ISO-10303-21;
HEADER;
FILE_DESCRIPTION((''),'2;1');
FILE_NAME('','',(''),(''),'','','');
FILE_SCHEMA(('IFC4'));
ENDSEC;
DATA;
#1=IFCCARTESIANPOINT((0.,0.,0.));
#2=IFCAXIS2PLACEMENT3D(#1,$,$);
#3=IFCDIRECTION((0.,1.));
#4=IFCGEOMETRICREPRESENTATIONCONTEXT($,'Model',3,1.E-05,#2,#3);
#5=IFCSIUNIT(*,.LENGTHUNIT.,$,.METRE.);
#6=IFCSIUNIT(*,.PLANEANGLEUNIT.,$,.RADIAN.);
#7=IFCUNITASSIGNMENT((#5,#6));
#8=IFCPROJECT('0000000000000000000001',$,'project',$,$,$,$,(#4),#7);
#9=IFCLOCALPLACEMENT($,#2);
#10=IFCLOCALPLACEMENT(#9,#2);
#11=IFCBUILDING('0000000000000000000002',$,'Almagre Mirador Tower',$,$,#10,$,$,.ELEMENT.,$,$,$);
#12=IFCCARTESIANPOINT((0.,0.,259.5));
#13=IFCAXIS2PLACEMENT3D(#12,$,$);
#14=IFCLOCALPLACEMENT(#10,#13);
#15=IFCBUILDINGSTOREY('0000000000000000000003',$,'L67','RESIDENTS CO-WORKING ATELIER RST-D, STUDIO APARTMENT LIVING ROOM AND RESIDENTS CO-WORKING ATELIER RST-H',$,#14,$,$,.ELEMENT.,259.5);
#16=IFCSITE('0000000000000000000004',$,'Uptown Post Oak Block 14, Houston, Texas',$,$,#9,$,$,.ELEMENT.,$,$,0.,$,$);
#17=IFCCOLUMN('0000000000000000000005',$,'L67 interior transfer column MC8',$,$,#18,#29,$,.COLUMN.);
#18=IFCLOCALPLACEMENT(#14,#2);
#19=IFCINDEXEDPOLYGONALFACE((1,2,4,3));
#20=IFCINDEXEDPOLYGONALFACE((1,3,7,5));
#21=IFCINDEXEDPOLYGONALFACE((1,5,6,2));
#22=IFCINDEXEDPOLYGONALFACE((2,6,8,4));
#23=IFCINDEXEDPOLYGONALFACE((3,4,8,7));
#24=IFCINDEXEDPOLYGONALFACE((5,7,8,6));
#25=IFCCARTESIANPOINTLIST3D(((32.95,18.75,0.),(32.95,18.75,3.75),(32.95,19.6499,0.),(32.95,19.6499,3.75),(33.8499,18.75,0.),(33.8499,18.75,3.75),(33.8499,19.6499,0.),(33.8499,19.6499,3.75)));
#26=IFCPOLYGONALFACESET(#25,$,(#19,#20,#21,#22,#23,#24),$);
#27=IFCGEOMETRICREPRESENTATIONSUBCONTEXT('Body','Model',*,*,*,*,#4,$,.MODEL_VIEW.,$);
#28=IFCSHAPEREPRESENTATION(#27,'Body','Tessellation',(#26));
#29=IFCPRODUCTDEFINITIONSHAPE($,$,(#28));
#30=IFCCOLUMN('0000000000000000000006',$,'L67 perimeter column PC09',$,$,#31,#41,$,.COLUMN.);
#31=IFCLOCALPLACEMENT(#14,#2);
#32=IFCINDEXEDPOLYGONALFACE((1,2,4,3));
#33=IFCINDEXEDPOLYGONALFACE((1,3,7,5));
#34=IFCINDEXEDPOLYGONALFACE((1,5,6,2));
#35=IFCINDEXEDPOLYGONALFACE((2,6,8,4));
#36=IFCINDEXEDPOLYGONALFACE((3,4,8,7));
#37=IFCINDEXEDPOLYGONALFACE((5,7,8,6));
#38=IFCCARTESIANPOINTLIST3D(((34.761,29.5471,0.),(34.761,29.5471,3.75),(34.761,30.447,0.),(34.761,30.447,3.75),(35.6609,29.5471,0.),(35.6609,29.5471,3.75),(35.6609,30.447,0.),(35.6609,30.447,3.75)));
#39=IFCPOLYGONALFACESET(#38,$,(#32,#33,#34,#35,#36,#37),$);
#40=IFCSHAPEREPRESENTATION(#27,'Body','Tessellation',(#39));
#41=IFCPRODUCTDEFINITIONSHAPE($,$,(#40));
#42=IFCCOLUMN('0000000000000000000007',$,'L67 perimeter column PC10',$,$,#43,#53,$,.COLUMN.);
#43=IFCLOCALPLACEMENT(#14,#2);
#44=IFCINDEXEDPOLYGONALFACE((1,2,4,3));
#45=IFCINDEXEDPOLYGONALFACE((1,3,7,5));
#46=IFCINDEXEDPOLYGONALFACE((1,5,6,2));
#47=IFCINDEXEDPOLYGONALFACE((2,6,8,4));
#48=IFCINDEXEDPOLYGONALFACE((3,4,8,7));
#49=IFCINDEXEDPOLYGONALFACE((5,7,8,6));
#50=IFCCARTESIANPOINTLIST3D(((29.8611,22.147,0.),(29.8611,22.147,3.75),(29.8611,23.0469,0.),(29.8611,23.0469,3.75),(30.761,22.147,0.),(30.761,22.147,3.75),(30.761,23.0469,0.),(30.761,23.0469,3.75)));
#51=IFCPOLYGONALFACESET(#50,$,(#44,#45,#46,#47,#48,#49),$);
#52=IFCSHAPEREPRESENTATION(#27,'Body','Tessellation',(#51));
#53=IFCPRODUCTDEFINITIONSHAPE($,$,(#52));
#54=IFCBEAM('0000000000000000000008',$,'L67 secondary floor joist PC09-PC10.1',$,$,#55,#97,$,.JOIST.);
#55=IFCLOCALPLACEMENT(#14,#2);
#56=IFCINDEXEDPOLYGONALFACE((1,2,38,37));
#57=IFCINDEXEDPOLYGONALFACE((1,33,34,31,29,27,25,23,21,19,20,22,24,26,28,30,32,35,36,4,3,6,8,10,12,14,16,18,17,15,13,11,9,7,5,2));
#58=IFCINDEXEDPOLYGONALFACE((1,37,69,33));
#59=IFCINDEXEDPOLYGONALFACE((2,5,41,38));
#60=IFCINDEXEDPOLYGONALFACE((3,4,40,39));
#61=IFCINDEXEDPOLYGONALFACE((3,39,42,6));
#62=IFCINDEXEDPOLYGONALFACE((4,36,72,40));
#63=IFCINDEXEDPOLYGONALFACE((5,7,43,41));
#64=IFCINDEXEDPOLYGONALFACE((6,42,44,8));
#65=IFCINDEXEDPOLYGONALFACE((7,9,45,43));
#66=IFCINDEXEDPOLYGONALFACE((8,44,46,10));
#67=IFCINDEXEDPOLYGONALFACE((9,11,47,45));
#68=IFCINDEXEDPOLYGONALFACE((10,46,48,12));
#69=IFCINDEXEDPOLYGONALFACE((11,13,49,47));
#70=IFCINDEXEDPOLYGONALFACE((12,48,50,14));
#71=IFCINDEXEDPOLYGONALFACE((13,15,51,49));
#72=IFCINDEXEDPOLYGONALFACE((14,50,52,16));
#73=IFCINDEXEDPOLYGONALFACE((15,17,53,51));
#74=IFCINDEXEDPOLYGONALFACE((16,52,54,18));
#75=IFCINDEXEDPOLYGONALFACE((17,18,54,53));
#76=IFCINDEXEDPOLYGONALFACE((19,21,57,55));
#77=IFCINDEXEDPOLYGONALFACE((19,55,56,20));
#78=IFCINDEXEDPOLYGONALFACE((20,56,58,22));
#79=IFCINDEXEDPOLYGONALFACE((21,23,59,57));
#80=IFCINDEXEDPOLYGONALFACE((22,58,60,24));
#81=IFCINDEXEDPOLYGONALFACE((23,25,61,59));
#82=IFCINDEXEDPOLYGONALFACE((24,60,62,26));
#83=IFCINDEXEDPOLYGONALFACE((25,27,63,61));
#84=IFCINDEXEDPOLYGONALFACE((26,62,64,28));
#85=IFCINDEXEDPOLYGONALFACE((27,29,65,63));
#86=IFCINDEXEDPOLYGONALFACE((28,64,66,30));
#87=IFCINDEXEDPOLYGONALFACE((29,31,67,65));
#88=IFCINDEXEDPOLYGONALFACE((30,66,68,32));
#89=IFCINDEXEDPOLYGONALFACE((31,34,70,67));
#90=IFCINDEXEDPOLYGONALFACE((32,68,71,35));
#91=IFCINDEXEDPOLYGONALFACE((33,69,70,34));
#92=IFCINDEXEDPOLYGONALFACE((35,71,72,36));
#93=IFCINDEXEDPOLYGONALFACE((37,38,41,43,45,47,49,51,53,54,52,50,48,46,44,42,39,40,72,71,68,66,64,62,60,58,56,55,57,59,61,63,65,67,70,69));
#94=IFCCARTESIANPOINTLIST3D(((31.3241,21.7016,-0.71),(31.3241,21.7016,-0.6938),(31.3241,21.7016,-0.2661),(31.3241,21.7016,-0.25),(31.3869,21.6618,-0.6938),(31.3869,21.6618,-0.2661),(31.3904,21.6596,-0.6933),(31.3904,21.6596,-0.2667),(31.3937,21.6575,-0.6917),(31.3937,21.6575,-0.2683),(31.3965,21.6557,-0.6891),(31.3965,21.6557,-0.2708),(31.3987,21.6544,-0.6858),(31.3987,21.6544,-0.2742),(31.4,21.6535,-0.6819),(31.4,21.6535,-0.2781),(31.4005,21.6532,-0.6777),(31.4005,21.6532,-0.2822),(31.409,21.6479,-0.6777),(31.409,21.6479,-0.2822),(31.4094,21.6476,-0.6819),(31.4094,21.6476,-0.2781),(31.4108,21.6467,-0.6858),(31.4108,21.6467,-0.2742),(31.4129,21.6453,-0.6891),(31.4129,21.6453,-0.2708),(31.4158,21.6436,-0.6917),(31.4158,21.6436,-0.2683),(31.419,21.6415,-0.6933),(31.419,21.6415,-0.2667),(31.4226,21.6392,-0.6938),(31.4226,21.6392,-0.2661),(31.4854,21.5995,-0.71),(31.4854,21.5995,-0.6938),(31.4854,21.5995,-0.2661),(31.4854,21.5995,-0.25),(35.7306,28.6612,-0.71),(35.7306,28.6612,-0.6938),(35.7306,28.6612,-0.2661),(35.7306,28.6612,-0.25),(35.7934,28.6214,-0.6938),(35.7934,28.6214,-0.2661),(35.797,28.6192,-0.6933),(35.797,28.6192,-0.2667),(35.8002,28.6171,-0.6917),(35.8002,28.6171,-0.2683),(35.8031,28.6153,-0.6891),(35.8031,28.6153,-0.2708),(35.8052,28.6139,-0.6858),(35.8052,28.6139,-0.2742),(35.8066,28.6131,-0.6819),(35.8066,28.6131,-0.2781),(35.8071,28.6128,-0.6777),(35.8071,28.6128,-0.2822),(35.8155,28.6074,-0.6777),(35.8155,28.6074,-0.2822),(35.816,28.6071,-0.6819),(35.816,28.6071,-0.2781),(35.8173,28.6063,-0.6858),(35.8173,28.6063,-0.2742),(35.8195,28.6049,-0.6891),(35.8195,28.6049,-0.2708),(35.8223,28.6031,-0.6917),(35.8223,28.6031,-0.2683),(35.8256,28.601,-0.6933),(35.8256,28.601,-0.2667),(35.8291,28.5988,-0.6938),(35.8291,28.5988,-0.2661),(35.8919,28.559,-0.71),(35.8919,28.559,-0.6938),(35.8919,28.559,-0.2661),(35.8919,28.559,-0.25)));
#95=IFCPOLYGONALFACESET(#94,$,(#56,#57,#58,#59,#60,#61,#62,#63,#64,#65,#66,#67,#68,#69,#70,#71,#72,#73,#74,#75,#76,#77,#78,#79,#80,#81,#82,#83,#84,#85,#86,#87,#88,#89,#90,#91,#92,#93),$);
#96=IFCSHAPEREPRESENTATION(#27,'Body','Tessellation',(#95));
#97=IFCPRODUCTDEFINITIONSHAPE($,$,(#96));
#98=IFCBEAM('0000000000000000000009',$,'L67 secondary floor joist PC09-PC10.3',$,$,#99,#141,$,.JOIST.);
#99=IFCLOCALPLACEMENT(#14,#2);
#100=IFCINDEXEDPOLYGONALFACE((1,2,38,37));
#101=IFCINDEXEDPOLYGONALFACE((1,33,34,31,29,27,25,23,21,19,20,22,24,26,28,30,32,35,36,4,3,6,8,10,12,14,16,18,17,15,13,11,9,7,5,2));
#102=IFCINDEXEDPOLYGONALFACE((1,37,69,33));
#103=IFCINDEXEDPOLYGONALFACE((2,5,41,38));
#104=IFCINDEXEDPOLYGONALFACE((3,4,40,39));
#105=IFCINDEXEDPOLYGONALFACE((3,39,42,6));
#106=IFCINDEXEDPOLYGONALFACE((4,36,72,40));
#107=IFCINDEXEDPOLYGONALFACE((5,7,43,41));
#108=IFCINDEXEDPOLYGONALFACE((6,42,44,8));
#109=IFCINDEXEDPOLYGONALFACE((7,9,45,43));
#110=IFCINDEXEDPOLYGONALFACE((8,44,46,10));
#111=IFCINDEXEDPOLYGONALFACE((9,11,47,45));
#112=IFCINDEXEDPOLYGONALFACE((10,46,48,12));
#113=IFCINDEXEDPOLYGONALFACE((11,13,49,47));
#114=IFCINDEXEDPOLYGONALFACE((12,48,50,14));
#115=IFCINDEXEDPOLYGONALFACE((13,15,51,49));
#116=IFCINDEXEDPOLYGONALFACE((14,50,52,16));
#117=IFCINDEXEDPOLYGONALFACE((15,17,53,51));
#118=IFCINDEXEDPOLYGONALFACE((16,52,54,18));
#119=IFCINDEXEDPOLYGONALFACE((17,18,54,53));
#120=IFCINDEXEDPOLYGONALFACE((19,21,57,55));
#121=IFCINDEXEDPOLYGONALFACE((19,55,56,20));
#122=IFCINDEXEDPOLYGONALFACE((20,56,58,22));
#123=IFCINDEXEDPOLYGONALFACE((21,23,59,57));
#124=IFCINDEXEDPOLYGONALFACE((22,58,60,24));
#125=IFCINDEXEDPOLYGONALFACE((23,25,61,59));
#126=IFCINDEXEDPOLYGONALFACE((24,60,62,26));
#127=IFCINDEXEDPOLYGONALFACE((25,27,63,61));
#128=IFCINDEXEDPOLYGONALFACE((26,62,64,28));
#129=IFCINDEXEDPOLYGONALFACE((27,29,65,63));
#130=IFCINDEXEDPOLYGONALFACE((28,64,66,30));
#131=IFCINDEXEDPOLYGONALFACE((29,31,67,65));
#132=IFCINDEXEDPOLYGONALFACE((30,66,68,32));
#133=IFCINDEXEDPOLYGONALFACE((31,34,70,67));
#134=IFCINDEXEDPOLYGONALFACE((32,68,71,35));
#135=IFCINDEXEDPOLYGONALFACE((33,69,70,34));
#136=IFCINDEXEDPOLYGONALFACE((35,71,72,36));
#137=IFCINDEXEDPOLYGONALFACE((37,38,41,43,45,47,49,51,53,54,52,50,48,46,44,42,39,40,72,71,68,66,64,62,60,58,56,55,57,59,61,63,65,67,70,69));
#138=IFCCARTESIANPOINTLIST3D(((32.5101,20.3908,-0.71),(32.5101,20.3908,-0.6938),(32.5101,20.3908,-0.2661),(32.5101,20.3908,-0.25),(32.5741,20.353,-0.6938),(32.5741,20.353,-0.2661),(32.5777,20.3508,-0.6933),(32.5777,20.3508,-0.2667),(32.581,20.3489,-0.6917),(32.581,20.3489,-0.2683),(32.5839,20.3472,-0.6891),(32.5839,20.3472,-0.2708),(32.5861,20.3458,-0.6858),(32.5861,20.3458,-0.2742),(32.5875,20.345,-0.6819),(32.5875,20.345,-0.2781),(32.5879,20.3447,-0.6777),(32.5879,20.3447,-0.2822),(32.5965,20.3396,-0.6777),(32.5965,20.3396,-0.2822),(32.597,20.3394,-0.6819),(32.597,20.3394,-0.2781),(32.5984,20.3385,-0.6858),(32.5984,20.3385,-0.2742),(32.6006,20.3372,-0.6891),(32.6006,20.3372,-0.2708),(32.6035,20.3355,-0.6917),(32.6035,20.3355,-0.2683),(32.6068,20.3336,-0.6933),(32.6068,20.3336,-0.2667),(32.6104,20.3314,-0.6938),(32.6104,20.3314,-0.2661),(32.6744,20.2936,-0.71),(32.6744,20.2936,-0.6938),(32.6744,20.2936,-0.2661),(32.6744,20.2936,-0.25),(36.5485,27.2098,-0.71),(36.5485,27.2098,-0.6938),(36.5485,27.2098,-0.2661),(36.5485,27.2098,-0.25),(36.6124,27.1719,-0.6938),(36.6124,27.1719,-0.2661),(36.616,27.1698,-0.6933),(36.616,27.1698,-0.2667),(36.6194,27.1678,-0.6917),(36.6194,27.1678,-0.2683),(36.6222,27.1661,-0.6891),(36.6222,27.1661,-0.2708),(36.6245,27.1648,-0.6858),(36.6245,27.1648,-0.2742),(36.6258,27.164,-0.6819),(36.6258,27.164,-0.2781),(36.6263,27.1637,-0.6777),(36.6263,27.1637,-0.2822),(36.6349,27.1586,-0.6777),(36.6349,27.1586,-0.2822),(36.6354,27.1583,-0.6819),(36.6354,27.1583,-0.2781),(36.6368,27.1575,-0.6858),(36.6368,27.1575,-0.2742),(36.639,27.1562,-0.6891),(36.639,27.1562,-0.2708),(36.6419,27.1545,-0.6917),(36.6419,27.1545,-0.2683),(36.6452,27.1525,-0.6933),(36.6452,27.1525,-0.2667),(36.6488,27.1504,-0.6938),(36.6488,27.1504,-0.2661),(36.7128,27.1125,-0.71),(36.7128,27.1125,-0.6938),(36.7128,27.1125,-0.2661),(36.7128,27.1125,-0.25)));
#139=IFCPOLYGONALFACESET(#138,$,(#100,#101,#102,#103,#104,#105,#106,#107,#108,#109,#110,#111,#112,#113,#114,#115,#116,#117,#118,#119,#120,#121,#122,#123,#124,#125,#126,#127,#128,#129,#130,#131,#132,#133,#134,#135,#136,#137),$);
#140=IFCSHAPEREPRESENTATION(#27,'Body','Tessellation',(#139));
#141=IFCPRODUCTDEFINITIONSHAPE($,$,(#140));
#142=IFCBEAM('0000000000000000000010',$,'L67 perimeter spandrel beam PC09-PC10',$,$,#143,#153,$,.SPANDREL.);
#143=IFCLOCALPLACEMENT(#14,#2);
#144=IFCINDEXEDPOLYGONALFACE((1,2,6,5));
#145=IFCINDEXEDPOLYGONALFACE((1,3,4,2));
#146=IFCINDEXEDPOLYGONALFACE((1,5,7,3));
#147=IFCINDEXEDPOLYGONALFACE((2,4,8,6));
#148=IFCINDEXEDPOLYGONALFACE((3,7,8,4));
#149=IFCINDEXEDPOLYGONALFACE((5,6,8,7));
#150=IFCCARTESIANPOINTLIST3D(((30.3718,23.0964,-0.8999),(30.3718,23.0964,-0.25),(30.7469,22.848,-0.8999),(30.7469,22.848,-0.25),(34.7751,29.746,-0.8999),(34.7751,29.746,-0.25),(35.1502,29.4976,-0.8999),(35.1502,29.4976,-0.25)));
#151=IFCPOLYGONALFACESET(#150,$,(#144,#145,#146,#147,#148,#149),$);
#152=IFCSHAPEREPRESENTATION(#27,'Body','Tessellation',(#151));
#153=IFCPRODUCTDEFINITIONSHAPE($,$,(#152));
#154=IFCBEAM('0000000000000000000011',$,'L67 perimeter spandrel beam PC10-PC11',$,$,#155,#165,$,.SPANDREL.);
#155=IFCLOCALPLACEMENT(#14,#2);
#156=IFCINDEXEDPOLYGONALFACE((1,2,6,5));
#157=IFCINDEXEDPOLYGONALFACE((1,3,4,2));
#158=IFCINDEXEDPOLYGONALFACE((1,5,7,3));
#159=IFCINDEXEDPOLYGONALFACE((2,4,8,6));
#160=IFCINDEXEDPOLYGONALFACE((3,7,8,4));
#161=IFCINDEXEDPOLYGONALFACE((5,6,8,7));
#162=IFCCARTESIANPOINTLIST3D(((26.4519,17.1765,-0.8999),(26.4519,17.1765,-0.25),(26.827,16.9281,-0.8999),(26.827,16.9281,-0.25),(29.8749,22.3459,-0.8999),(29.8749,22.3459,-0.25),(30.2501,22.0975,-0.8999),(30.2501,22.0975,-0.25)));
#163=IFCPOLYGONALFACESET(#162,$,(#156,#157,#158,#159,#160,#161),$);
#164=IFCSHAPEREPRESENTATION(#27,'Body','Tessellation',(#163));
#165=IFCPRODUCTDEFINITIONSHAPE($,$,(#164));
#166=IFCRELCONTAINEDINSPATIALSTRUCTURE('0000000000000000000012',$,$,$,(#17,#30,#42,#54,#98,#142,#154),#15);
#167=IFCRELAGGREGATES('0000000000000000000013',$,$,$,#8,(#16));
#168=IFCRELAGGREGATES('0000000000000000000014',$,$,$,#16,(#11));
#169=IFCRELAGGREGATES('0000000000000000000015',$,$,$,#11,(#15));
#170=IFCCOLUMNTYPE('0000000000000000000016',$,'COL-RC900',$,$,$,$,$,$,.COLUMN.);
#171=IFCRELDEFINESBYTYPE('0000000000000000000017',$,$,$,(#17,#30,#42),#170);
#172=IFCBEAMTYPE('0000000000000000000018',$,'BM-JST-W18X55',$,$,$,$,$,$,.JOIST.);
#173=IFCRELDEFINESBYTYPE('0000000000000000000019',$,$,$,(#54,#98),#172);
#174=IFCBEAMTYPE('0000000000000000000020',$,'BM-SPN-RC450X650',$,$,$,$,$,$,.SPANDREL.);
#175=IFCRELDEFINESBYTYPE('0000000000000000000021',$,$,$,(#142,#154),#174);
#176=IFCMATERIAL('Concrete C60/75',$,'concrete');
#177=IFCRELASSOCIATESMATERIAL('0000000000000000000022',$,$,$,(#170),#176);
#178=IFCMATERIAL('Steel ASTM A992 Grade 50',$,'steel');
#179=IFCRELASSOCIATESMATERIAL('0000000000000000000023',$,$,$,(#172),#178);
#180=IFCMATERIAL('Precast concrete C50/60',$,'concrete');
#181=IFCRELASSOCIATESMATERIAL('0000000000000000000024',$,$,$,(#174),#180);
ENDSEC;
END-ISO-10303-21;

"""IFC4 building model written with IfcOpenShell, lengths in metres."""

from ifc_helpers import new_model, si_unit, direction, frame, origin, origin_2d, place, context, subcontext, project, spatial, rectangle, i_section, extrude, material, material_profile, profile_set, type_object, element, save


model = new_model("IFC4")

# Units and contexts
model_context = context("Model", 3, precision=1e-05, world=origin(), true_north=direction((0.0, 1.0)))
body_context = subcontext(model_context, "Body", "Model", "MODEL_VIEW")
ifc_project = project(units=[si_unit("LENGTHUNIT", "METRE"), si_unit("PLANEANGLEUNIT", "RADIAN")], contexts=[model_context])

# Site, building, storey
site_placement = place(None, origin())
site = spatial("IfcSite", under=ifc_project, at=site_placement, Name="Uptown Post Oak Block 14, Houston, Texas", CompositionType="ELEMENT", RefElevation=0.0)
building_placement = place(site_placement, origin())
building = spatial("IfcBuilding", under=site, at=building_placement, Name="Almagre Mirador Tower", CompositionType="ELEMENT")
storey_placement = place(building_placement, frame((0.0, 0.0, 259.5)))
storey = spatial("IfcBuildingStorey", under=building, at=storey_placement, Name="L67", Description="RESIDENTS CO-WORKING ATELIER RST-D, STUDIO APARTMENT LIVING ROOM AND RESIDENTS CO-WORKING ATELIER RST-H", CompositionType="ELEMENT", Elevation=259.5)

# Columns
ifc_material_1 = material(Name="Concrete C60/75", Category="concrete")
ifc_material_profile_1 = material_profile(ifc_material_1, rectangle(XDim=0.8999, YDim=0.8999, at=origin_2d()), Name="RC900X900")
ifc_profile_set_1 = profile_set([ifc_material_profile_1], Name="Concrete C60/75")
column_type = type_object("IfcColumnType", Name="COL-RC900", PredefinedType="COLUMN", material=ifc_profile_set_1)
for number, where, z_axis, x_axis, name in (
    (1, (33.3999, 19.2, 0.0), (0.0, 0.0, 1.0), (1.0, 0.0, 0.0), "L67 interior transfer column MC8"),
    (2, (35.2109, 29.9971, 0.0), (0.0, 0.0, 1.0), (1.0, 0.0, 0.0), "L67 perimeter column PC09"),
    (3, (30.311, 22.5969, 0.0), (0.0, 0.0, 1.0), (1.0, 0.0, 0.0), "L67 perimeter column PC10"),
):
    element("IfcColumn", number, at=place(storey_placement, frame(where, z_axis=z_axis, x_axis=x_axis)), inside=storey, type_object=column_type, Name=name, PredefinedType="COLUMN", context=body_context, shape_type="SweptSolid", body=[
        extrude(rectangle(XDim=0.8999, YDim=0.8999, at=origin_2d()), origin(), (0.0, 0.0, 1.0), 3.75),
    ])

# Beams
ifc_material_2 = material(Name="Steel ASTM A992 Grade 50", Category="steel")
ifc_material_profile_2 = material_profile(ifc_material_2, i_section(OverallWidth=0.1909, OverallDepth=0.46, WebThickness=0.01, FlangeThickness=0.0161, FilletRadius=0.0161, at=origin_2d()), Name="W18X55")
ifc_profile_set_2 = profile_set([ifc_material_profile_2], Name="Steel ASTM A992 Grade 50")
beam_type_1 = type_object("IfcBeamType", Name="BM-JST-W18X55", PredefinedType="JOIST", material=ifc_profile_set_2)
beam_1_placement = place(storey_placement, frame((35.8113, 28.6101, -0.48), z_axis=(-0.534951, -0.844883, 0.0), x_axis=(0.844883, -0.534951, 0.0)))
element("IfcBeam", 4, at=beam_1_placement, inside=storey, type_object=beam_type_1, Name="L67 secondary floor joist PC09-PC10.1", PredefinedType="JOIST", context=body_context, shape_type="SweptSolid", body=[
    extrude(i_section(OverallWidth=0.1909, OverallDepth=0.46, WebThickness=0.01, FlangeThickness=0.0161, FilletRadius=0.0161, at=origin_2d()), origin(), (0.0, 0.0, 1.0), 8.2373),
])
beam_2_placement = place(storey_placement, frame((36.6306, 27.1611, -0.48), z_axis=(-0.509572, -0.860428, 0.0), x_axis=(0.860428, -0.509572, 0.0)))
element("IfcBeam", 5, at=beam_2_placement, inside=storey, type_object=beam_type_1, Name="L67 secondary floor joist PC09-PC10.3", PredefinedType="JOIST", context=body_context, shape_type="SweptSolid", body=[
    extrude(i_section(OverallWidth=0.1909, OverallDepth=0.46, WebThickness=0.01, FlangeThickness=0.0161, FilletRadius=0.0161, at=origin_2d()), origin(), (0.0, 0.0, 1.0), 7.925),
])
ifc_material_3 = material(Name="Precast concrete C50/60", Category="concrete")
ifc_material_profile_3 = material_profile(ifc_material_3, rectangle(XDim=0.45, YDim=0.6499, at=origin_2d()), Name="RC450X650")
ifc_profile_set_3 = profile_set([ifc_material_profile_3], Name="Precast concrete C50/60")
beam_type_2 = type_object("IfcBeamType", Name="BM-SPN-RC450X650", PredefinedType="SPANDREL", material=ifc_profile_set_3)
beam_3_placement = place(storey_placement, frame((34.9626, 29.6218, -0.575), z_axis=(-0.552112, -0.83377, 0.0), x_axis=(0.83377, -0.552112, 0.0)))
element("IfcBeam", 6, at=beam_3_placement, inside=storey, type_object=beam_type_2, Name="L67 perimeter spandrel beam PC09-PC10", PredefinedType="SPANDREL", context=body_context, shape_type="SweptSolid", body=[
    extrude(rectangle(XDim=0.45, YDim=0.6499, at=origin_2d()), origin(), (0.0, 0.0, 1.0), 7.9753),
])
beam_4_placement = place(storey_placement, frame((30.0625, 22.2217, -0.575), z_axis=(-0.552108, -0.833773, 0.0), x_axis=(0.833773, -0.552108, 0.0)))
element("IfcBeam", 7, at=beam_4_placement, inside=storey, type_object=beam_type_2, Name="L67 perimeter spandrel beam PC10-PC11", PredefinedType="SPANDREL", context=body_context, shape_type="SweptSolid", body=[
    extrude(rectangle(XDim=0.45, YDim=0.6499, at=origin_2d()), origin(), (0.0, 0.0, 1.0), 6.2),
])

save(model, "model.ifc")
